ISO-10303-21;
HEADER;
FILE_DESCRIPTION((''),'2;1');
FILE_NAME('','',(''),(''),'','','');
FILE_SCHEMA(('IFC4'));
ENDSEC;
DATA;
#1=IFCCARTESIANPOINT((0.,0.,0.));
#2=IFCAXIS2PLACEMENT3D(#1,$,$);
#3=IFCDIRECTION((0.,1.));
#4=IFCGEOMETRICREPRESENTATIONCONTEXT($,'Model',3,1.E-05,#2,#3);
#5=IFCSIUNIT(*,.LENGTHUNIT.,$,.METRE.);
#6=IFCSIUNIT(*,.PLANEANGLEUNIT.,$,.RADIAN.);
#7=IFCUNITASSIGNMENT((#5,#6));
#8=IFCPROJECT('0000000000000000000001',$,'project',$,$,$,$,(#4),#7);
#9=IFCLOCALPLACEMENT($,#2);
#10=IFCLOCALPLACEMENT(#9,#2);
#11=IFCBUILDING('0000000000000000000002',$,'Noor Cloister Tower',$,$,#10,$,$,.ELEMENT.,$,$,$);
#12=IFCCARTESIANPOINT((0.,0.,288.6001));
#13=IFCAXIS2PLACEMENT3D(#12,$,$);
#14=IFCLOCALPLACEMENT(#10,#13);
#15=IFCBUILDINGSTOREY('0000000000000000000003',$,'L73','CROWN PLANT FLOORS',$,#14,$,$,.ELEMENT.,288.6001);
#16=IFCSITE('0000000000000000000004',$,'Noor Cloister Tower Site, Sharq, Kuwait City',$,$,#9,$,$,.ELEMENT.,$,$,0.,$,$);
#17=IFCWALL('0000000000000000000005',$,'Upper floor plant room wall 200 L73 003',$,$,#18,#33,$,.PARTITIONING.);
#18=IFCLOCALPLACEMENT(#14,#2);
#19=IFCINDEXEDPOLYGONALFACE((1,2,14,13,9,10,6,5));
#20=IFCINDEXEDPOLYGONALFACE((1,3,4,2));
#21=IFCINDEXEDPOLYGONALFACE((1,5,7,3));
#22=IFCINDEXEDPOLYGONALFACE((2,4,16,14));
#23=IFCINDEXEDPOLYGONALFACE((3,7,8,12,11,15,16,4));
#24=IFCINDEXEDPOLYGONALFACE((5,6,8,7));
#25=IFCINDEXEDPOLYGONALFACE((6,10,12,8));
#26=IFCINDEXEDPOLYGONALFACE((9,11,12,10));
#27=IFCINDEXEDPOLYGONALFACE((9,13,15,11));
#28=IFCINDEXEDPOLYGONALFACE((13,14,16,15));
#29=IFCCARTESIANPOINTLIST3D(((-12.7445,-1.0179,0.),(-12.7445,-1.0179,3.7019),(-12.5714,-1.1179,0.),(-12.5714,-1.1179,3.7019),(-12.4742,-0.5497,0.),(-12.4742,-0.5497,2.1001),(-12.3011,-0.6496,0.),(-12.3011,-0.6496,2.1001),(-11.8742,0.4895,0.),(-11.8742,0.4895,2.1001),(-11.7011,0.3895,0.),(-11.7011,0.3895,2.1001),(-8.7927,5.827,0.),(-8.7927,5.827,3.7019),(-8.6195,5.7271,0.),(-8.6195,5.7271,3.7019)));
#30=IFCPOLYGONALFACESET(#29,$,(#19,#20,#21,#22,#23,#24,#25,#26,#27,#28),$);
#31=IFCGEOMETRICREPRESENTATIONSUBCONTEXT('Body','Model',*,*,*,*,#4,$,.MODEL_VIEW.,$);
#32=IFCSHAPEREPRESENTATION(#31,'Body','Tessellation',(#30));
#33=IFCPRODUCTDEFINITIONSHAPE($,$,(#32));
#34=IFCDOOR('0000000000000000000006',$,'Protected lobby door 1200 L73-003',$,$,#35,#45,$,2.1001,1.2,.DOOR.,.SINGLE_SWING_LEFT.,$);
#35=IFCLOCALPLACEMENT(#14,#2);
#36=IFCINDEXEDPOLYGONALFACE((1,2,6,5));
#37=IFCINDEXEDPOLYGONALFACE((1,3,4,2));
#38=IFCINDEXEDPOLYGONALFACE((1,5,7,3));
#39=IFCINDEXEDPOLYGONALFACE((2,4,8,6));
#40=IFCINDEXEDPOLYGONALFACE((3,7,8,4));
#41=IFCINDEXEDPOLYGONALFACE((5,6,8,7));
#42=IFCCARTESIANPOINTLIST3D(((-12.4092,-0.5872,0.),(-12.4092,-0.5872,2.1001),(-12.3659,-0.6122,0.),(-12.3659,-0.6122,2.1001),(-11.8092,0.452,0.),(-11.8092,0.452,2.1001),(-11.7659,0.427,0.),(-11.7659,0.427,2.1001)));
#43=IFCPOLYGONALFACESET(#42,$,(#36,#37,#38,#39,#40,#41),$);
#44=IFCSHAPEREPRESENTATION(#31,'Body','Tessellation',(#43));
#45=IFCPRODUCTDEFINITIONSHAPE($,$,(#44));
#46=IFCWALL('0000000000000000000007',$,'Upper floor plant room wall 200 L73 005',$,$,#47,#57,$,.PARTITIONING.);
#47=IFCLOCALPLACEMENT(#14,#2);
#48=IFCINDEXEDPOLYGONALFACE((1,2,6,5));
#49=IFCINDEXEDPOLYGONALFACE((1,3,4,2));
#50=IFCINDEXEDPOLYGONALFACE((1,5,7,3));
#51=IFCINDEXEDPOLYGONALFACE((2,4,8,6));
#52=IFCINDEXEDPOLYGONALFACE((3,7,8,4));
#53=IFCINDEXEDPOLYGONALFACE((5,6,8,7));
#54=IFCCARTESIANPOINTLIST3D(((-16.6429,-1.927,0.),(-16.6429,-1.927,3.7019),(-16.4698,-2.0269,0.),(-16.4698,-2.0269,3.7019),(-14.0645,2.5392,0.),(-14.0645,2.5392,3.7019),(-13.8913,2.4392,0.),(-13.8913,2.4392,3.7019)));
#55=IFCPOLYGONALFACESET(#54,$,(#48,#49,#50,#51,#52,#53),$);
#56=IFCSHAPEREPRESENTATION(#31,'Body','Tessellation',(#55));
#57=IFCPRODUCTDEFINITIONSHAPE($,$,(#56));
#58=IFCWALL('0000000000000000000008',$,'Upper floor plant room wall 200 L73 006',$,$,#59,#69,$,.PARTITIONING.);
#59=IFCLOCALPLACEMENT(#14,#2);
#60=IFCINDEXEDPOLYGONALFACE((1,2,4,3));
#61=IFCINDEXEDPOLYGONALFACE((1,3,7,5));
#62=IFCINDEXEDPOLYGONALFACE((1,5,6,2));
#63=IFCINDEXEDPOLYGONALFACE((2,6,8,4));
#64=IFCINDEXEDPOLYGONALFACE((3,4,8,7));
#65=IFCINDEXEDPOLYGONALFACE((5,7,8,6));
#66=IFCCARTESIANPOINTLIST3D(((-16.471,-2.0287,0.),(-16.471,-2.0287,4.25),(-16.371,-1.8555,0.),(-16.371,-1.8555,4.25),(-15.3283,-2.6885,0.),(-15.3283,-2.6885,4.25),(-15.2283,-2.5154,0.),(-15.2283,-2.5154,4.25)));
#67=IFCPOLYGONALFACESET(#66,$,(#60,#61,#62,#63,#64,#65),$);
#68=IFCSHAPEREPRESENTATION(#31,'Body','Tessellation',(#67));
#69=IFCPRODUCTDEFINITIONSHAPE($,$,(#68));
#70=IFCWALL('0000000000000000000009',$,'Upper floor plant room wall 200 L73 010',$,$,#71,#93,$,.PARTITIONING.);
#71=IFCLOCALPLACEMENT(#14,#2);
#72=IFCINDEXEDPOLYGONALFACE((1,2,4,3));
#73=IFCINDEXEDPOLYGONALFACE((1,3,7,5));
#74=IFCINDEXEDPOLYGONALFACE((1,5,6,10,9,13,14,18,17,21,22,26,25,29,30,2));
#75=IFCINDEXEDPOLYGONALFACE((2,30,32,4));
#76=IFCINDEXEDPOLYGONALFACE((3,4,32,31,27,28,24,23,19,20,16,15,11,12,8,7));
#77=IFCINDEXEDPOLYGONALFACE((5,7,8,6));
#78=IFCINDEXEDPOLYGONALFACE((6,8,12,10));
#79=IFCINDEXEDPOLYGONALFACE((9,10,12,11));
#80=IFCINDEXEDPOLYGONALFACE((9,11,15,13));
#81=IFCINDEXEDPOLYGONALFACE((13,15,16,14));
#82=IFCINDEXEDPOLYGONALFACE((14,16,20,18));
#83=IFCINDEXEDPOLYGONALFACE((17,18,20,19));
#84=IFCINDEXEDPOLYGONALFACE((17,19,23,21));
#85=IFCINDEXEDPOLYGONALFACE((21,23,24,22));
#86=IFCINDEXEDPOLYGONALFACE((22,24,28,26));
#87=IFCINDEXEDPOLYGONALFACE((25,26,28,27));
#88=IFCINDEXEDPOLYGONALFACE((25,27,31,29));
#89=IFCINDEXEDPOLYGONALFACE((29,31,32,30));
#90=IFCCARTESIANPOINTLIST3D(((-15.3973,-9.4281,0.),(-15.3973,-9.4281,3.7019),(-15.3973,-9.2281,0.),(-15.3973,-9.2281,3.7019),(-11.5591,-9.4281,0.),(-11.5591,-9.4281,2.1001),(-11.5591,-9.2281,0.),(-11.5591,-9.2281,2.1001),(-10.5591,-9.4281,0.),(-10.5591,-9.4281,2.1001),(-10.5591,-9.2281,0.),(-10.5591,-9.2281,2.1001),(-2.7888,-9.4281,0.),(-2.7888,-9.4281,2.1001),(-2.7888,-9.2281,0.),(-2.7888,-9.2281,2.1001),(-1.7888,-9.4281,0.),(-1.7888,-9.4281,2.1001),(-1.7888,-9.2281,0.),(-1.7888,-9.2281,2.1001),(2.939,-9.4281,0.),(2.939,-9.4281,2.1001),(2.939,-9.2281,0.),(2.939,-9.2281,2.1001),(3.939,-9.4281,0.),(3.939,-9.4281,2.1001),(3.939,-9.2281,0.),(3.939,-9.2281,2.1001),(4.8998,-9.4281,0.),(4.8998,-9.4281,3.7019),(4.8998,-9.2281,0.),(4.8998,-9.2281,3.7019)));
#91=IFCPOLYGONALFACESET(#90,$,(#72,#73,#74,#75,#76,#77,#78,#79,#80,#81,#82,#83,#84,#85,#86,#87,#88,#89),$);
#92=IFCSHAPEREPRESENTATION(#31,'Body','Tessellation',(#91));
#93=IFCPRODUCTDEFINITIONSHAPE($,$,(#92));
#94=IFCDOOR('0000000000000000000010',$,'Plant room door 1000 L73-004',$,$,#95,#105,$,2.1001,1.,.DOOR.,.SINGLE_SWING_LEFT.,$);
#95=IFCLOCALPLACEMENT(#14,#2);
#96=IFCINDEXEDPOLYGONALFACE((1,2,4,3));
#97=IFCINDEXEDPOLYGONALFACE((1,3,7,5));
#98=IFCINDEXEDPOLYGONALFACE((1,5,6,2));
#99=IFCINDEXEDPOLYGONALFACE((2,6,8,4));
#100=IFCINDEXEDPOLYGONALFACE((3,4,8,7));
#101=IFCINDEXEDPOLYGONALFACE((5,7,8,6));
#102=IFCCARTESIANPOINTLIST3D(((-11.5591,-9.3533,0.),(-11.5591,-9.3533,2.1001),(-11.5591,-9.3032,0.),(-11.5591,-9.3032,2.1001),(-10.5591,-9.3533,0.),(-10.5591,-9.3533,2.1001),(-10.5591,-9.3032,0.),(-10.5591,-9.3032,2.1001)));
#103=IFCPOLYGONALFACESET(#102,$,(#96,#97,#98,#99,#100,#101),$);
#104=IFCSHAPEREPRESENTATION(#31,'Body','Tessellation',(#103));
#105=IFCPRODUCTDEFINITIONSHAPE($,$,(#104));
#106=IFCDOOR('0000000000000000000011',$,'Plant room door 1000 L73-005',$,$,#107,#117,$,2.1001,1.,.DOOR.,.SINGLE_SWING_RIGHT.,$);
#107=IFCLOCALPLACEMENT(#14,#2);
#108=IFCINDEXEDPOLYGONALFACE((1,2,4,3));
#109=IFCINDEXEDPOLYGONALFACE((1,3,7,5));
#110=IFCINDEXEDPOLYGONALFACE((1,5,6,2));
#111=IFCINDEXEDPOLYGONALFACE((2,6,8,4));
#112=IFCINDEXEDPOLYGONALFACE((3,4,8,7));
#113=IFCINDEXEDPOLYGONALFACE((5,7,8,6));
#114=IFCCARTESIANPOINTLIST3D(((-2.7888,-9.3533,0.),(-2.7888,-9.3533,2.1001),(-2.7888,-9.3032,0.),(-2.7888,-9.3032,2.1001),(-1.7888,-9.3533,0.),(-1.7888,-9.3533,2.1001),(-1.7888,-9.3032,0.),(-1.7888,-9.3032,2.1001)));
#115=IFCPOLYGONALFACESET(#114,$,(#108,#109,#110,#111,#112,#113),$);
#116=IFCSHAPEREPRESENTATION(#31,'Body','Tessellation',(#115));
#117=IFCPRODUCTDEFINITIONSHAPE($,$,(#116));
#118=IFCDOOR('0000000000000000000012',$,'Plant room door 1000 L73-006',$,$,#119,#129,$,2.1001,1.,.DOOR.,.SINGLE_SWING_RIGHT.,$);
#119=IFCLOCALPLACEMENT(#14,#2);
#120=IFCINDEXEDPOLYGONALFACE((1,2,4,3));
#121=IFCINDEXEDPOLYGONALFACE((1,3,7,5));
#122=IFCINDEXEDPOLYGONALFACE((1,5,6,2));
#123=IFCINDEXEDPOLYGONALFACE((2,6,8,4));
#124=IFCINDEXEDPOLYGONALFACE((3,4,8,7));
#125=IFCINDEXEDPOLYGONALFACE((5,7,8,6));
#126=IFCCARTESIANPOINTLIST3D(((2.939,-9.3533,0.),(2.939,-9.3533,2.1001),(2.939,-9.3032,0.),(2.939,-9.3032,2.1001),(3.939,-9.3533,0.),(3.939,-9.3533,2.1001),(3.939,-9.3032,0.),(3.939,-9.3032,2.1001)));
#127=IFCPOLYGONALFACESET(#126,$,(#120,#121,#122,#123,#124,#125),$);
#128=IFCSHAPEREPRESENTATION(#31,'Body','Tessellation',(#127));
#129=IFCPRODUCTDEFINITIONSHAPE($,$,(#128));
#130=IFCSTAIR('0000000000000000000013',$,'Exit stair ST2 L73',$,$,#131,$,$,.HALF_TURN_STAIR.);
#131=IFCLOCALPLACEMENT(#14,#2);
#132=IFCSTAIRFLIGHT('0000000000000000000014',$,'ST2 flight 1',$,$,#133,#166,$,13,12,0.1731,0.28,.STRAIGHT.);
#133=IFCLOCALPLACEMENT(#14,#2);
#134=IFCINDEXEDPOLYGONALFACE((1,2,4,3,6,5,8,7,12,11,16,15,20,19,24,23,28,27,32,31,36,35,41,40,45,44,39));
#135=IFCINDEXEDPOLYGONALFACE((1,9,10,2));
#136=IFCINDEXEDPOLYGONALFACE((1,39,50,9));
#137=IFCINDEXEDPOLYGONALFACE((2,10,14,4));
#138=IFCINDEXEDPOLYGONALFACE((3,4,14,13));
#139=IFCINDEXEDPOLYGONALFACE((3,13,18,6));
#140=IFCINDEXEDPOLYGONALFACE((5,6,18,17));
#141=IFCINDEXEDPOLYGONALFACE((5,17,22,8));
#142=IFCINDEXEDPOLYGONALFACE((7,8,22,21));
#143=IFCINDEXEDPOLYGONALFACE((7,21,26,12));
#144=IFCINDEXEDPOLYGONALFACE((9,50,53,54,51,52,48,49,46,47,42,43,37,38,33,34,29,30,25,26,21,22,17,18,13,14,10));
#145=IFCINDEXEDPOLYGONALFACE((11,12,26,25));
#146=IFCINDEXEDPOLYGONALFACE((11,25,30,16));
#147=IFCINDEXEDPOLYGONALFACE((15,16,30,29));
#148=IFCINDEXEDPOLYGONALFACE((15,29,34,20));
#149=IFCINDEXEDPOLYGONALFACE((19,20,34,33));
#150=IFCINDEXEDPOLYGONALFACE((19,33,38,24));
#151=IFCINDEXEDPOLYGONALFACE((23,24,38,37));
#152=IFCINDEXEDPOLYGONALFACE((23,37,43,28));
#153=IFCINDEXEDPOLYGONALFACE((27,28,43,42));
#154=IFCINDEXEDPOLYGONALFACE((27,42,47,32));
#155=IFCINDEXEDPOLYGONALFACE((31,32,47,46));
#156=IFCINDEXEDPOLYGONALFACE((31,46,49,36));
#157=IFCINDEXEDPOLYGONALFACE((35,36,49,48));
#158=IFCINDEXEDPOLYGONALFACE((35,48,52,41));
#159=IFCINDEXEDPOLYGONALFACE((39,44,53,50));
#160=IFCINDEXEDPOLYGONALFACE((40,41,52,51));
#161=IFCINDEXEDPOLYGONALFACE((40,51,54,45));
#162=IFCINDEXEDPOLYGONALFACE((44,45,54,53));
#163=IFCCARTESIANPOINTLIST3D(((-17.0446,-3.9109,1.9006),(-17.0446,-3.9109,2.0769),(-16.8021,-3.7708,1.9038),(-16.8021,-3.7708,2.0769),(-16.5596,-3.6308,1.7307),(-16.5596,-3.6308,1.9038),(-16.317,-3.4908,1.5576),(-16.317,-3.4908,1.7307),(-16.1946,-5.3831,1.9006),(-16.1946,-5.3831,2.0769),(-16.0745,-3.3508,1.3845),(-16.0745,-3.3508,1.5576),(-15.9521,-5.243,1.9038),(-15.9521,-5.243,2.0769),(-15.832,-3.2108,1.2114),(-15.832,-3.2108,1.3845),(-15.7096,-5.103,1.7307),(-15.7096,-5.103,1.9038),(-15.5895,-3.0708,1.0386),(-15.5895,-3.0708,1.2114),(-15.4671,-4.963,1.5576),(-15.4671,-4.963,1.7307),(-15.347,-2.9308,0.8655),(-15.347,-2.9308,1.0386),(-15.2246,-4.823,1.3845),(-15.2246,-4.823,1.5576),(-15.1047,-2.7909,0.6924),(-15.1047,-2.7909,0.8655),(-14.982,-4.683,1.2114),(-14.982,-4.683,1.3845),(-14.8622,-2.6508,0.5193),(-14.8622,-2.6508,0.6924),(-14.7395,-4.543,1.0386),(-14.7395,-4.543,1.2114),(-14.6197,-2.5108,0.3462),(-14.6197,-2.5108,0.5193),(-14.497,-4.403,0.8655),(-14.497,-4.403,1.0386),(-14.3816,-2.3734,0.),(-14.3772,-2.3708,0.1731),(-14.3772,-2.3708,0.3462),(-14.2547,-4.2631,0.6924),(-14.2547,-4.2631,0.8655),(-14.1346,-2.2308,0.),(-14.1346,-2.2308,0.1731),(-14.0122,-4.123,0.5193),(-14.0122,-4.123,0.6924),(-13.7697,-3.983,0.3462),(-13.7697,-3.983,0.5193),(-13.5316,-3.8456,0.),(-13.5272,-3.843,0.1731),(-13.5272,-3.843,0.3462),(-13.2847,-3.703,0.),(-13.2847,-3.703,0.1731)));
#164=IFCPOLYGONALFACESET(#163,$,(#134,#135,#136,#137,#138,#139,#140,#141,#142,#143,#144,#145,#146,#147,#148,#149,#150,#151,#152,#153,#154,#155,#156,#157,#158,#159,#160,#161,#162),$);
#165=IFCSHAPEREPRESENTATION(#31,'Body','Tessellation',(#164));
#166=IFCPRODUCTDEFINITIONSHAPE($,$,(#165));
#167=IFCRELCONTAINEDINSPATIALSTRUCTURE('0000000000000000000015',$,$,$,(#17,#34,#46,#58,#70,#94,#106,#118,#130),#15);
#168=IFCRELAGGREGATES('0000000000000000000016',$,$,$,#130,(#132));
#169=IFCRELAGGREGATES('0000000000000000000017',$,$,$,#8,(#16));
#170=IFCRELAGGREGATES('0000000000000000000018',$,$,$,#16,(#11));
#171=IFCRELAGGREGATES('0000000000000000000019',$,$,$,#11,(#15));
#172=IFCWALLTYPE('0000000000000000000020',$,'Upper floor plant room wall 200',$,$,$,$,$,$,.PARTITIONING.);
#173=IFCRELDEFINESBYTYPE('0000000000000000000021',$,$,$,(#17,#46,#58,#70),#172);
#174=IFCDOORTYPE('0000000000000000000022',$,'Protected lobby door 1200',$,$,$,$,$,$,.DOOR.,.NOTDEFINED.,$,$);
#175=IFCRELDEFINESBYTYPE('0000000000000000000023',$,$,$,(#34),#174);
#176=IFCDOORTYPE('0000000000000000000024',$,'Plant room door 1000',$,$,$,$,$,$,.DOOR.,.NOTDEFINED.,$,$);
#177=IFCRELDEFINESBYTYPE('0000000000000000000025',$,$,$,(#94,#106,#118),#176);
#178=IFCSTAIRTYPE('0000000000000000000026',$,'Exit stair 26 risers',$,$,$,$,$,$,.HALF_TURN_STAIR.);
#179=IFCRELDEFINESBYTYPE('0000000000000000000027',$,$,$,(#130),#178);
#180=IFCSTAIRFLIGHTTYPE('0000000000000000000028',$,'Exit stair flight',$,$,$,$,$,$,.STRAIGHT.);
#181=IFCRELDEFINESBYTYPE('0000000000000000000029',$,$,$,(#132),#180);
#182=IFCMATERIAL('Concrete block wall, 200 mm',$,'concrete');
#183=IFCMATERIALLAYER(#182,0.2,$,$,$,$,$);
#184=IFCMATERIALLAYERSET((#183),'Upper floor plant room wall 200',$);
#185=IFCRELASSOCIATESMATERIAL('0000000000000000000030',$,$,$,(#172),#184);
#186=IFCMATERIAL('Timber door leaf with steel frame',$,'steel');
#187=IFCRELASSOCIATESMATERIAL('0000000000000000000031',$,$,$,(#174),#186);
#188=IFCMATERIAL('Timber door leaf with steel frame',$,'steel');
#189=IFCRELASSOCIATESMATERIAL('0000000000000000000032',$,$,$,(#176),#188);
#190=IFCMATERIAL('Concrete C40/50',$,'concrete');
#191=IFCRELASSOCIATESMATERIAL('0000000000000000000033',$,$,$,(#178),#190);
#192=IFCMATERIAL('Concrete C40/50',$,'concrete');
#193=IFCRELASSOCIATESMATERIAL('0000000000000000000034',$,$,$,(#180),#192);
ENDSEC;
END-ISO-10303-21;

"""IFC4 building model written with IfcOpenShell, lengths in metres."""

from ifc_helpers import new_model, si_unit, direction, frame, frame_2d, origin, place, context, subcontext, project, spatial, polyline, rectangle, outline, extrude, material, layer, layer_set, type_object, element, fill, aggregate, save


model = new_model("IFC4")

# Units and contexts
model_context = context("Model", 3, precision=1e-05, world=origin(), true_north=direction((0.0, 1.0)))
body_context = subcontext(model_context, "Body", "Model", "MODEL_VIEW")
ifc_project = project(units=[si_unit("LENGTHUNIT", "METRE"), si_unit("PLANEANGLEUNIT", "RADIAN")], contexts=[model_context])

# Site, building, storey
site_placement = place(None, origin())
site = spatial("IfcSite", under=ifc_project, at=site_placement, Name="Noor Cloister Tower Site, Sharq, Kuwait City", CompositionType="ELEMENT", RefElevation=0.0)
building_placement = place(site_placement, origin())
building = spatial("IfcBuilding", under=site, at=building_placement, Name="Noor Cloister Tower", CompositionType="ELEMENT")
storey_placement = place(building_placement, frame((0.0, 0.0, 288.6001)))
storey = spatial("IfcBuildingStorey", under=building, at=storey_placement, Name="L73", Description="CROWN PLANT FLOORS", CompositionType="ELEMENT", Elevation=288.6001)

# Wall, opening, door
ifc_material_1 = material(Name="Concrete block wall, 200 mm", Category="concrete")
ifc_layer_1 = layer(ifc_material_1, 0.2)
ifc_layer_set_1 = layer_set([ifc_layer_1], Name="Upper floor plant room wall 200")
wall_type_1 = type_object("IfcWallType", Name="Upper floor plant room wall 200", PredefinedType="PARTITIONING", material=ifc_layer_set_1)
wall_1_placement = place(storey_placement, frame((-12.658, -1.0679, 0.0), z_axis=(0.0, 0.0, 1.0), x_axis=(0.499996, 0.866028, 0.0)))
wall_1 = element("IfcWall", 1, at=wall_1_placement, inside=storey, type_object=wall_type_1, Name="Upper floor plant room wall 200 L73 003", PredefinedType="PARTITIONING", context=body_context, shape_type="SweptSolid", body=[
    extrude(rectangle(XDim=7.9038, YDim=0.2, at=frame_2d((3.9519, 0.0))), origin(), (0.0, 0.0, 1.0), 3.7019),
])
opening_1_placement = place(wall_1_placement, frame((0.5405, 0.0, 0.0)))
opening_1 = element("IfcOpeningElement", 2, at=opening_1_placement, cuts=wall_1, PredefinedType="OPENING", context=body_context, shape_type="SweptSolid", body=[
    extrude(rectangle(XDim=1.2, YDim=2.1001, at=frame_2d((0.6001, 1.05))), frame((0.0, 0.1099, 0.0), z_axis=(0.0, -1.0, 0.0), x_axis=(1.0, 0.0, 0.0)), (0.0, 0.0, 1.0), 0.22),
])
ifc_material_2 = material(Name="Timber door leaf with steel frame", Category="steel")
door_type_1 = type_object("IfcDoorType", Name="Protected lobby door 1200", OperationType="NOTDEFINED", PredefinedType="DOOR", material=ifc_material_2)
door_1_placement = place(opening_1_placement, origin())
door_1 = element("IfcDoor", 3, at=door_1_placement, inside=storey, type_object=door_type_1, Name="Protected lobby door 1200 L73-003", OperationType="SINGLE_SWING_LEFT", OverallHeight=2.1001, OverallWidth=1.2, PredefinedType="DOOR", context=body_context, shape_type="SweptSolid", body=[
    extrude(rectangle(XDim=1.2, YDim=2.1001, at=frame_2d((0.6001, 1.05))), frame((0.0, 0.0249, 0.0), z_axis=(0.0, -1.0, 0.0), x_axis=(1.0, 0.0, 0.0)), (0.0, 0.0, 1.0), 0.05),
])
fill(opening_1, door_1)

# Walls
wall_2_placement = place(storey_placement, frame((-16.5564, -1.9771, 0.0), z_axis=(0.0, 0.0, 1.0), x_axis=(0.499983, 0.866035, 0.0)))
element("IfcWall", 4, at=wall_2_placement, inside=storey, type_object=wall_type_1, Name="Upper floor plant room wall 200 L73 005", PredefinedType="PARTITIONING", context=body_context, shape_type="SweptSolid", body=[
    extrude(rectangle(XDim=5.157, YDim=0.2, at=frame_2d((2.5786, 0.0))), origin(), (0.0, 0.0, 1.0), 3.7019),
])
wall_3_placement = place(storey_placement, frame((-16.4209, -1.9421, 0.0), z_axis=(0.0, 0.0, 1.0), x_axis=(0.865991, -0.500059, 0.0)))
element("IfcWall", 5, at=wall_3_placement, inside=storey, type_object=wall_type_1, Name="Upper floor plant room wall 200 L73 006", PredefinedType="PARTITIONING", context=body_context, shape_type="SweptSolid", body=[
    extrude(rectangle(XDim=1.3196, YDim=0.2, at=frame_2d((0.6597, 0.0))), origin(), (0.0, 0.0, 1.0), 4.25),
])

# Wall, openings, doors
wall_4_placement = place(storey_placement, frame((-15.3972, -9.3281, 0.0), z_axis=(0.0, 0.0, 1.0), x_axis=(1.0, 0.0, 0.0)))
wall_4 = element("IfcWall", 6, at=wall_4_placement, inside=storey, type_object=wall_type_1, Name="Upper floor plant room wall 200 L73 010", PredefinedType="PARTITIONING", context=body_context, shape_type="SweptSolid", body=[
    extrude(rectangle(XDim=20.2971, YDim=0.2, at=frame_2d((10.1484, 0.0))), origin(), (0.0, 0.0, 1.0), 3.7019),
])
opening_2_placement = place(wall_4_placement, frame((3.8381, 0.0, 0.0)))
opening_2 = element("IfcOpeningElement", 7, at=opening_2_placement, cuts=wall_4, PredefinedType="OPENING", context=body_context, shape_type="SweptSolid", body=[
    extrude(rectangle(XDim=1.0, YDim=2.1001, at=frame_2d((0.5, 1.05))), frame((0.0, 0.1099, 0.0), z_axis=(0.0, -1.0, 0.0), x_axis=(1.0, 0.0, 0.0)), (0.0, 0.0, 1.0), 0.22),
])
opening_3_placement = place(wall_4_placement, frame((12.6084, 0.0, 0.0)))
opening_3 = element("IfcOpeningElement", 8, at=opening_3_placement, cuts=wall_4, PredefinedType="OPENING", context=body_context, shape_type="SweptSolid", body=[
    extrude(rectangle(XDim=1.0, YDim=2.1001, at=frame_2d((0.5, 1.05))), frame((0.0, 0.1099, 0.0), z_axis=(0.0, -1.0, 0.0), x_axis=(1.0, 0.0, 0.0)), (0.0, 0.0, 1.0), 0.22),
])
opening_4_placement = place(wall_4_placement, frame((18.3362, 0.0, 0.0)))
opening_4 = element("IfcOpeningElement", 9, at=opening_4_placement, cuts=wall_4, PredefinedType="OPENING", context=body_context, shape_type="SweptSolid", body=[
    extrude(rectangle(XDim=1.0, YDim=2.1001, at=frame_2d((0.5, 1.05))), frame((0.0, 0.1099, 0.0), z_axis=(0.0, -1.0, 0.0), x_axis=(1.0, 0.0, 0.0)), (0.0, 0.0, 1.0), 0.22),
])
ifc_material_3 = material(Name="Timber door leaf with steel frame", Category="steel")
door_type_2 = type_object("IfcDoorType", Name="Plant room door 1000", OperationType="NOTDEFINED", PredefinedType="DOOR", material=ifc_material_3)
door_2_placement = place(opening_2_placement, origin())
door_2 = element("IfcDoor", 10, at=door_2_placement, inside=storey, type_object=door_type_2, Name="Plant room door 1000 L73-004", OperationType="SINGLE_SWING_LEFT", OverallHeight=2.1001, OverallWidth=1.0, PredefinedType="DOOR", context=body_context, shape_type="SweptSolid", body=[
    extrude(rectangle(XDim=1.0, YDim=2.1001, at=frame_2d((0.5, 1.05))), frame((0.0, 0.0249, 0.0), z_axis=(0.0, -1.0, 0.0), x_axis=(1.0, 0.0, 0.0)), (0.0, 0.0, 1.0), 0.05),
])
fill(opening_2, door_2)
door_3_placement = place(opening_3_placement, origin())
door_3 = element("IfcDoor", 11, at=door_3_placement, inside=storey, type_object=door_type_2, Name="Plant room door 1000 L73-005", OperationType="SINGLE_SWING_RIGHT", OverallHeight=2.1001, OverallWidth=1.0, PredefinedType="DOOR", context=body_context, shape_type="SweptSolid", body=[
    extrude(rectangle(XDim=1.0, YDim=2.1001, at=frame_2d((0.5, 1.05))), frame((0.0, 0.0249, 0.0), z_axis=(0.0, -1.0, 0.0), x_axis=(1.0, 0.0, 0.0)), (0.0, 0.0, 1.0), 0.05),
])
fill(opening_3, door_3)
door_4_placement = place(opening_4_placement, origin())
door_4 = element("IfcDoor", 12, at=door_4_placement, inside=storey, type_object=door_type_2, Name="Plant room door 1000 L73-006", OperationType="SINGLE_SWING_RIGHT", OverallHeight=2.1001, OverallWidth=1.0, PredefinedType="DOOR", context=body_context, shape_type="SweptSolid", body=[
    extrude(rectangle(XDim=1.0, YDim=2.1001, at=frame_2d((0.5, 1.05))), frame((0.0, 0.0249, 0.0), z_axis=(0.0, -1.0, 0.0), x_axis=(1.0, 0.0, 0.0)), (0.0, 0.0, 1.0), 0.05),
])
fill(opening_4, door_4)

# Stair, stair flight
ifc_material_4 = material(Name="Concrete C40/50", Category="concrete")
stair_type = type_object("IfcStairType", Name="Exit stair 26 risers", PredefinedType="HALF_TURN_STAIR", material=ifc_material_4)
stair_placement = place(storey_placement, origin())
stair = element("IfcStair", 13, at=stair_placement, inside=storey, type_object=stair_type, Name="Exit stair ST2 L73", PredefinedType="HALF_TURN_STAIR")
ifc_material_5 = material(Name="Concrete C40/50", Category="concrete")
stair_flight_type = type_object("IfcStairFlightType", Name="Exit stair flight", PredefinedType="STRAIGHT", material=ifc_material_5)
stair_flight_1_placement = place(storey_placement, frame((-13.7097, -2.9668, 0.0), z_axis=(0.0, 0.0, 1.0), x_axis=(-0.866025, -0.5, 0.0)))
stair_flight_1 = element("IfcStairFlight", 14, at=stair_flight_1_placement, type_object=stair_flight_type, Name="ST2 flight 1", NumberOfRisers=13, NumberOfTreads=12, PredefinedType="STRAIGHT", RiserHeight=0.1731, TreadLength=0.28, context=body_context, shape_type="SweptSolid", body=[
    extrude(outline(polyline([(0.0, 0.0), (0.0, 0.1731), (0.28, 0.1731), (0.28, 0.3462), (0.5601, 0.3462), (0.5601, 0.5193), (0.8401, 0.5193), (0.8401, 0.6924), (1.1201, 0.6924), (1.1201, 0.8655), (1.3999, 0.8655), (1.3999, 1.0386), (1.6799, 1.0386), (1.6799, 1.2114), (1.96, 1.2114), (1.96, 1.3845), (2.24, 1.3845), (2.24, 1.5576), (2.52, 1.5576), (2.52, 1.7307), (2.8, 1.7307), (2.8, 1.9038), (3.0801, 1.9038), (3.0801, 2.0769), (3.3601, 2.0769), (3.3601, 2.25), (3.3601, 1.9006), (0.2852, 0.0), (0.0, 0.0)])), frame((0.0, 0.8501, 0.0), z_axis=(0.0, -1.0, 0.0), x_axis=(1.0, 0.0, 0.0)), (0.0, 0.0, 1.0), 1.7),
])
aggregate(stair, [stair_flight_1])

save(model, "model.ifc")
